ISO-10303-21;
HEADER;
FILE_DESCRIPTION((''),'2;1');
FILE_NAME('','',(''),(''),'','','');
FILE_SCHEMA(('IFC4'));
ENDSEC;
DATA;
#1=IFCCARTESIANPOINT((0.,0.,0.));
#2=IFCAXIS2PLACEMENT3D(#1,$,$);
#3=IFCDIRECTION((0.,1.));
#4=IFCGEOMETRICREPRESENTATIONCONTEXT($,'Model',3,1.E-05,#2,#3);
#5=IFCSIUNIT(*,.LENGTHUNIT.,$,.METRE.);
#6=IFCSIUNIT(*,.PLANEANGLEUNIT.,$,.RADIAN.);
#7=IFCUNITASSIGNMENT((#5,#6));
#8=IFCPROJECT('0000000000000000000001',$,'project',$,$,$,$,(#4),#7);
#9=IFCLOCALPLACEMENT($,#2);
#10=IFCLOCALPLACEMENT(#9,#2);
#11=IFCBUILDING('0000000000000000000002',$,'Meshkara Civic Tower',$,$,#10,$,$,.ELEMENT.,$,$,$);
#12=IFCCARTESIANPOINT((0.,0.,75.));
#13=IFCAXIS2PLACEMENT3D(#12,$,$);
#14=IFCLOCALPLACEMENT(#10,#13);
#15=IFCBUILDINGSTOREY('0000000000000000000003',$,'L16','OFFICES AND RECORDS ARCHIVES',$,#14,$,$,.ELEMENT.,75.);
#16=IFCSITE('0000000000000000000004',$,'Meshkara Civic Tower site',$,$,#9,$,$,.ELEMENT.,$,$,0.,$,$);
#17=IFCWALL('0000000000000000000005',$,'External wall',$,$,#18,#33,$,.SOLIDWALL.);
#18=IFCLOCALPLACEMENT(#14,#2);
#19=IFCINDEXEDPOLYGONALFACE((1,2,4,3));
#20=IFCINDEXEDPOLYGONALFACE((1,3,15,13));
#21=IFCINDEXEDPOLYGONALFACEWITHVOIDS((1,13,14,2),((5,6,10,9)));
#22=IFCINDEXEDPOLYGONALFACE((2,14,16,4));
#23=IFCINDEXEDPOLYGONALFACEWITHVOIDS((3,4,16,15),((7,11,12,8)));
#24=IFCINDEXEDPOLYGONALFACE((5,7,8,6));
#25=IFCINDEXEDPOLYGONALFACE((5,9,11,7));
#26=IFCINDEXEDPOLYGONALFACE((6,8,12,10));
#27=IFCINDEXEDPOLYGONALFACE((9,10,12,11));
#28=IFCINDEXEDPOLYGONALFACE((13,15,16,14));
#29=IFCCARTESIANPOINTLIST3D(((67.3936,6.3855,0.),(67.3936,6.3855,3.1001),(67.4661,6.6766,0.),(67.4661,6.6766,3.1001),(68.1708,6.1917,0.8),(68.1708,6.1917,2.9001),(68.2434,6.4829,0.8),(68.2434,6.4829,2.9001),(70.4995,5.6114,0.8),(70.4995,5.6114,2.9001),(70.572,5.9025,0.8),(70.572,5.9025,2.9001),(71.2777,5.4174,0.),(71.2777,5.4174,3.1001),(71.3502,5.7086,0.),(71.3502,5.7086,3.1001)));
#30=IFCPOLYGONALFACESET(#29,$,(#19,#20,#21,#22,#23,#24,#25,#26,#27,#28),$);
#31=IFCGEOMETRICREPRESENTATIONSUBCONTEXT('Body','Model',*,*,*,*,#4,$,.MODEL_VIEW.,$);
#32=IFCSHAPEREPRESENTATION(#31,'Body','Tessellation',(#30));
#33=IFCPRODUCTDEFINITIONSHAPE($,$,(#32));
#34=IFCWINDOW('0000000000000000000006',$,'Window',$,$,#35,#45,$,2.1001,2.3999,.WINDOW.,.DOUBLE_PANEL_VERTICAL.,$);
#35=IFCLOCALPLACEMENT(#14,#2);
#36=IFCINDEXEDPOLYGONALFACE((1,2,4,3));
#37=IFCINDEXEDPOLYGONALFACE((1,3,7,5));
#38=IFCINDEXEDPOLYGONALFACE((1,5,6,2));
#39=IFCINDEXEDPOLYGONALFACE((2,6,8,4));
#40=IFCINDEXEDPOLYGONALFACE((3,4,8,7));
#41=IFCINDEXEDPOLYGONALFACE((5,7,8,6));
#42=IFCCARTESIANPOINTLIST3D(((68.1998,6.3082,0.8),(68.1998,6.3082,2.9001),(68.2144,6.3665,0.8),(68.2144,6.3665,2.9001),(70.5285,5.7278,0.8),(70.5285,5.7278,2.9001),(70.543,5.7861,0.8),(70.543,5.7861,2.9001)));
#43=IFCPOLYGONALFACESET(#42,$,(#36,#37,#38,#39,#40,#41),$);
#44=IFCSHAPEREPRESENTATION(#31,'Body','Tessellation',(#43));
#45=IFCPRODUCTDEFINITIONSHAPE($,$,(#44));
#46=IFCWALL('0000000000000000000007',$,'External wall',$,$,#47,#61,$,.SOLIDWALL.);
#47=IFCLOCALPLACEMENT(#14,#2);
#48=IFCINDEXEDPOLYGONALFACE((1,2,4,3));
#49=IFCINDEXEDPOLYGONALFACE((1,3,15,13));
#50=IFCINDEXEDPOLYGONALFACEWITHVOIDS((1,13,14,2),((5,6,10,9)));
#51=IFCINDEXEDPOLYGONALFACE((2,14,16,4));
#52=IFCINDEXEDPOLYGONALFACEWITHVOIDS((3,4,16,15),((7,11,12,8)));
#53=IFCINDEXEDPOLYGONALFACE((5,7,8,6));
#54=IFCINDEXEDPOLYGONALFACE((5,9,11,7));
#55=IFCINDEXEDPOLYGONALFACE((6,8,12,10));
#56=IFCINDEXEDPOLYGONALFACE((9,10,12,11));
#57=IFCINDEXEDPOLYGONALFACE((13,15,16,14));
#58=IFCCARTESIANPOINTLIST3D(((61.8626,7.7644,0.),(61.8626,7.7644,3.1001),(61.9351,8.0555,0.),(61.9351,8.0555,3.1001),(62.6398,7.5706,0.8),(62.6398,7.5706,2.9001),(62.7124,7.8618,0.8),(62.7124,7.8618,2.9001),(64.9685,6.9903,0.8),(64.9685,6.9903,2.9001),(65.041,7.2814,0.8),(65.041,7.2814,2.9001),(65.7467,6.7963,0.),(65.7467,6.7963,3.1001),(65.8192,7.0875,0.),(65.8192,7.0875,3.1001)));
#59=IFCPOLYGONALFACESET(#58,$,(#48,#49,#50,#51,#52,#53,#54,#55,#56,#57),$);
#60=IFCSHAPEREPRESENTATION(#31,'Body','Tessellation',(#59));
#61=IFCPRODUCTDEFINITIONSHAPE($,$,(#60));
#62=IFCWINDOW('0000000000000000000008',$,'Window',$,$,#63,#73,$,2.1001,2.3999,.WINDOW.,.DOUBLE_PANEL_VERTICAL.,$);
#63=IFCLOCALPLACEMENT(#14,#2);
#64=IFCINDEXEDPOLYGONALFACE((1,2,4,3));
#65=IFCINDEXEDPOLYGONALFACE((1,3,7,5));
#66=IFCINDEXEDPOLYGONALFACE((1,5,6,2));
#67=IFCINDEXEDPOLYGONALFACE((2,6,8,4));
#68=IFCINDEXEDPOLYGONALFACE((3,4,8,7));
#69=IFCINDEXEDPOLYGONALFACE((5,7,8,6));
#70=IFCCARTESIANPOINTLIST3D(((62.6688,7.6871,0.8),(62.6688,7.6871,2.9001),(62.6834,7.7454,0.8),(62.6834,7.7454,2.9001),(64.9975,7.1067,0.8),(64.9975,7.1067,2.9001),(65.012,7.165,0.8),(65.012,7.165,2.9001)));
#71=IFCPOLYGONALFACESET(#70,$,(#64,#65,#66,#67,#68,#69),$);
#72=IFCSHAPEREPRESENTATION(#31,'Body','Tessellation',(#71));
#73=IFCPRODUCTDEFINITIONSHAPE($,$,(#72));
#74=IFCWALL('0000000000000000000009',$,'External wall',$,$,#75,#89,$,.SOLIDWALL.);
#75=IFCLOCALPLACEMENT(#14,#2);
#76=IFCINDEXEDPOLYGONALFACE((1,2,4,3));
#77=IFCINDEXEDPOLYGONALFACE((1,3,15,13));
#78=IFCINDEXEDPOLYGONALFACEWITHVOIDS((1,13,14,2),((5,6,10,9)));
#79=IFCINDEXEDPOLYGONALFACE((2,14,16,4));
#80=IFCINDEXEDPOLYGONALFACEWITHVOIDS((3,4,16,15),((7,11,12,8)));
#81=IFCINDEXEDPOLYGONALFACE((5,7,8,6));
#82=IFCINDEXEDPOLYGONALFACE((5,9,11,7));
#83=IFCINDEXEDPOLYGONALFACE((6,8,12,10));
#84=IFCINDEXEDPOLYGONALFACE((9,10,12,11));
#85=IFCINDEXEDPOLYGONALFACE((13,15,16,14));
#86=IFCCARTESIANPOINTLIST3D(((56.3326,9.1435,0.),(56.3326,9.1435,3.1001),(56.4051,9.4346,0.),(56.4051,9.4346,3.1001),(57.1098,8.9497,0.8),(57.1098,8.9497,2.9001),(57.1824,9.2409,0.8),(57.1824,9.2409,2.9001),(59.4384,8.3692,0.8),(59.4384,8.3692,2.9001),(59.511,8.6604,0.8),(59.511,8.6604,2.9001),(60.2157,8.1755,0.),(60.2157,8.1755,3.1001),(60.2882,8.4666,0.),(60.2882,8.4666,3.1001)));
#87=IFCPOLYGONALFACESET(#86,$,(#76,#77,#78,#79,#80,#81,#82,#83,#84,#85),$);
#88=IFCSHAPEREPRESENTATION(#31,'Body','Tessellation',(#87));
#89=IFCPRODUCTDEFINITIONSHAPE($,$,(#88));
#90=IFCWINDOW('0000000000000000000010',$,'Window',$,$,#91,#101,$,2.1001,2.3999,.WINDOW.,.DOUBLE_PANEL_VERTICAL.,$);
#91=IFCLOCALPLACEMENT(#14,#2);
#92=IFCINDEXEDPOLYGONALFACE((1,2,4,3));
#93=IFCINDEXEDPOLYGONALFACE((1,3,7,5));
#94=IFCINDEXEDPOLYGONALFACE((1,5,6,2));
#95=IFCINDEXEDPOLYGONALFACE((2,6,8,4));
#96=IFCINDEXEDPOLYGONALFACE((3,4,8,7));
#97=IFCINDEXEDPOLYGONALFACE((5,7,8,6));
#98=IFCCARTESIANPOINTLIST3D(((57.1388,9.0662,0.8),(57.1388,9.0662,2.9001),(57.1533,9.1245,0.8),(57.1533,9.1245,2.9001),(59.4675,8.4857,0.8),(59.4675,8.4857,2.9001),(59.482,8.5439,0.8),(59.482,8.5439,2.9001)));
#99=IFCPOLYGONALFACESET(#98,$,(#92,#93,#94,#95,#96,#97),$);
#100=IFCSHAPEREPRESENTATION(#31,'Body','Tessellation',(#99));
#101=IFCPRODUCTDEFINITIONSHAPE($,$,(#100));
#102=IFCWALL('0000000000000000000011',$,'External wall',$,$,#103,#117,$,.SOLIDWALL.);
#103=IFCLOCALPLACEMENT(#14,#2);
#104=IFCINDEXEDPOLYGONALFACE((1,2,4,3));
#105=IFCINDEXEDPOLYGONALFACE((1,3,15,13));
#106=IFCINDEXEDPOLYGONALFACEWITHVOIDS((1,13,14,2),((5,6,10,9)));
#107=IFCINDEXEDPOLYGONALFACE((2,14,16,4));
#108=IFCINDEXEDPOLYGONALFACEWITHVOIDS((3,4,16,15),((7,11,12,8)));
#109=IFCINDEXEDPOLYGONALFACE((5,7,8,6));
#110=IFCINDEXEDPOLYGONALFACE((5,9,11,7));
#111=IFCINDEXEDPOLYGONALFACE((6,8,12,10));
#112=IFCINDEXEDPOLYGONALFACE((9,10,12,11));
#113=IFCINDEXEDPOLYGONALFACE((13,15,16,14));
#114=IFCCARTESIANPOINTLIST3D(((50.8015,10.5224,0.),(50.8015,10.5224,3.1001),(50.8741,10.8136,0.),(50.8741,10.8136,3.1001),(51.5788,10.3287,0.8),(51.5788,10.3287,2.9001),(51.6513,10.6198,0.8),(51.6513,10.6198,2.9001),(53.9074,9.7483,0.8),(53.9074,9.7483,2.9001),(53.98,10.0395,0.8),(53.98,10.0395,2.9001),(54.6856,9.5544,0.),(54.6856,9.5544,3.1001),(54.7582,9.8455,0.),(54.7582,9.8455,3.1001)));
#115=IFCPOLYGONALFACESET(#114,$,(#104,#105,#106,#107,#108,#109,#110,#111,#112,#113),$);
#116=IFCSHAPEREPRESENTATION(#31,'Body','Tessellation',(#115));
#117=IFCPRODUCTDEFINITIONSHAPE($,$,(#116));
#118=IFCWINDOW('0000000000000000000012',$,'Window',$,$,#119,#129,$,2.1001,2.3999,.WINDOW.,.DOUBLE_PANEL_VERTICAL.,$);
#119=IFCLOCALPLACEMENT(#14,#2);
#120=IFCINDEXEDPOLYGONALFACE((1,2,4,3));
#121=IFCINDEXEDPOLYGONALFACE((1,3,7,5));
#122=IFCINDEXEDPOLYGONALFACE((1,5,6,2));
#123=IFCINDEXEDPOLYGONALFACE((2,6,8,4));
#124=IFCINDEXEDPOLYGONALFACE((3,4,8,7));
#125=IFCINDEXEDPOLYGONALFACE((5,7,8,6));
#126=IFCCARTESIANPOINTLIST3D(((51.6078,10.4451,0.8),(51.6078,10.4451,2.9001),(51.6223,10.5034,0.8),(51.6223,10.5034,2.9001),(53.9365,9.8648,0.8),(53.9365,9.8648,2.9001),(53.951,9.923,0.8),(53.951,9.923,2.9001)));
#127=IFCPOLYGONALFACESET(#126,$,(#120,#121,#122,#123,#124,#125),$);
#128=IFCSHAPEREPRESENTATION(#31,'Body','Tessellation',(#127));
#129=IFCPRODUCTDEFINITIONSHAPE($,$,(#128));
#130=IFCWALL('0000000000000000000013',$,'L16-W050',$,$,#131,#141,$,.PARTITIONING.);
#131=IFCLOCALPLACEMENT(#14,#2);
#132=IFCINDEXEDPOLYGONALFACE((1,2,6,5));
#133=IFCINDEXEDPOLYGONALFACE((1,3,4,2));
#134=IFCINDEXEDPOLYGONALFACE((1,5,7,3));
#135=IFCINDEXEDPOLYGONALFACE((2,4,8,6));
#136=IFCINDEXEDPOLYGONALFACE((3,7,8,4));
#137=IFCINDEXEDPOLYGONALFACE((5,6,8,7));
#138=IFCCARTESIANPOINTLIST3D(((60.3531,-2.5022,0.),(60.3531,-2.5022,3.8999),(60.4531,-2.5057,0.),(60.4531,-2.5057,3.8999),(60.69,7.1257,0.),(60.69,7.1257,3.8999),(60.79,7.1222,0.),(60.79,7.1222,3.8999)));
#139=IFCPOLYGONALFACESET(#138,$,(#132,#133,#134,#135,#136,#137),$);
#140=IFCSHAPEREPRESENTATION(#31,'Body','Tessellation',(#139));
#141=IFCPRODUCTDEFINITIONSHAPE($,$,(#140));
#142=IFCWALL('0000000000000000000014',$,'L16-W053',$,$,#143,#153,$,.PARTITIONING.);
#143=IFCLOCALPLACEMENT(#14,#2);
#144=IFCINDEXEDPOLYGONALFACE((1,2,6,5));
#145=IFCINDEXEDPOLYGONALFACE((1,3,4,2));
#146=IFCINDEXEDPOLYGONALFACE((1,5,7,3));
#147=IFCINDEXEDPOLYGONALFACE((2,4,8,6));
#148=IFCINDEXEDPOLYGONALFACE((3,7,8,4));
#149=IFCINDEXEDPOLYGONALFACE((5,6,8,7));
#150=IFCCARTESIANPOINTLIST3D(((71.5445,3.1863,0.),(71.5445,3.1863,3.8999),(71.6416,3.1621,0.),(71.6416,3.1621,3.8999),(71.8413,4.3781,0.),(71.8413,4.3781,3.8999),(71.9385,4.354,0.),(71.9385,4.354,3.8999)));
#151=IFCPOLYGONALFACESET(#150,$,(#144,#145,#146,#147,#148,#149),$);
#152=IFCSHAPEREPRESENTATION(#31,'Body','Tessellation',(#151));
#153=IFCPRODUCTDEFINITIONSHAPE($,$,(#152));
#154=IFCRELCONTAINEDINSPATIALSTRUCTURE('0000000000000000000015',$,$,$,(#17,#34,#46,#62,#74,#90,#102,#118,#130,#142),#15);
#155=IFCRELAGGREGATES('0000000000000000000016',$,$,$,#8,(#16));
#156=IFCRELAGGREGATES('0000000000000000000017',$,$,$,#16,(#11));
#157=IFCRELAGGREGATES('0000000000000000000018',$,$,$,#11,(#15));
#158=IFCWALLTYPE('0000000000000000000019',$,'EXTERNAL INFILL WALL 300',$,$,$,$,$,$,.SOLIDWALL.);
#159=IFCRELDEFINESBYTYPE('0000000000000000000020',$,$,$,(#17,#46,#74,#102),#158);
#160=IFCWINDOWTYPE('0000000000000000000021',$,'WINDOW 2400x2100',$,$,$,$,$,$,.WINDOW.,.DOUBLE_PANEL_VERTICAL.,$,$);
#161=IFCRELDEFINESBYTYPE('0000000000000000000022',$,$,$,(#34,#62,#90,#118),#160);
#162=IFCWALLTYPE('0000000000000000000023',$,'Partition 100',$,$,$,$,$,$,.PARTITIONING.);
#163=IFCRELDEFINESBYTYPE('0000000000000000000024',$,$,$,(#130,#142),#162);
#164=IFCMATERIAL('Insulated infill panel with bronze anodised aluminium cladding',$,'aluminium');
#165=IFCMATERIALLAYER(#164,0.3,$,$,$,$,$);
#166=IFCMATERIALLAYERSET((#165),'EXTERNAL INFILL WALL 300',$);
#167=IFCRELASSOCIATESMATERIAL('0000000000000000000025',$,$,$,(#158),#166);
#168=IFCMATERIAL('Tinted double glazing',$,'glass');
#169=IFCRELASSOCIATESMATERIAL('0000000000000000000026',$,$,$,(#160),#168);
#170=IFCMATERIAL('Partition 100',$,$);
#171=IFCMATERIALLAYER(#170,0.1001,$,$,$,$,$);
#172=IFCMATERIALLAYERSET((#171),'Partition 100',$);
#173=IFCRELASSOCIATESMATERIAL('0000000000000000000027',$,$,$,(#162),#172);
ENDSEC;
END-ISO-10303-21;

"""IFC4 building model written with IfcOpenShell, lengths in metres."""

from ifc_helpers import new_model, si_unit, direction, frame, frame_2d, origin, place, context, subcontext, project, spatial, rectangle, extrude, material, layer, layer_set, type_object, element, fill, save


model = new_model("IFC4")

# Units and contexts
model_context = context("Model", 3, precision=1e-05, world=origin(), true_north=direction((0.0, 1.0)))
body_context = subcontext(model_context, "Body", "Model", "MODEL_VIEW")
ifc_project = project(units=[si_unit("LENGTHUNIT", "METRE"), si_unit("PLANEANGLEUNIT", "RADIAN")], contexts=[model_context])

# Site, building, storey
site_placement = place(None, origin())
site = spatial("IfcSite", under=ifc_project, at=site_placement, Name="Meshkara Civic Tower site", CompositionType="ELEMENT", RefElevation=0.0)
building_placement = place(site_placement, origin())
building = spatial("IfcBuilding", under=site, at=building_placement, Name="Meshkara Civic Tower", CompositionType="ELEMENT")
storey_placement = place(building_placement, frame((0.0, 0.0, 75.0)))
storey = spatial("IfcBuildingStorey", under=building, at=storey_placement, Name="L16", Description="OFFICES AND RECORDS ARCHIVES", CompositionType="ELEMENT", Elevation=75.0)

# Walls, openings, windows
ifc_material_1 = material(Name="Insulated infill panel with bronze anodised aluminium cladding", Category="aluminium")
ifc_layer_1 = layer(ifc_material_1, 0.3)
ifc_layer_set_1 = layer_set([ifc_layer_1], Name="EXTERNAL INFILL WALL 300")
wall_type_1 = type_object("IfcWallType", Name="EXTERNAL INFILL WALL 300", PredefinedType="SOLIDWALL", material=ifc_layer_set_1)
wall_1_placement = place(storey_placement, frame((71.314, 5.563, 0.0), z_axis=(0.0, 0.0, 1.0), x_axis=(-0.970318, 0.241832, 0.0)))
wall_1 = element("IfcWall", 1, at=wall_1_placement, inside=storey, type_object=wall_type_1, Name="External wall", PredefinedType="SOLIDWALL", context=body_context, shape_type="SweptSolid", body=[
    extrude(rectangle(XDim=4.0029, YDim=0.3, at=frame_2d((2.0015, 0.0))), origin(), (0.0, 0.0, 1.0), 3.1001),
])
opening_1_placement = place(wall_1_placement, frame((0.802, 0.0, 0.8)))
opening_1 = element("IfcOpeningElement", 2, at=opening_1_placement, cuts=wall_1, PredefinedType="OPENING", context=body_context, shape_type="SweptSolid", body=[
    extrude(rectangle(XDim=2.3999, YDim=2.1001, at=frame_2d((1.2, 1.05))), frame((0.0, 0.1599, 0.0), z_axis=(0.0, -1.0, 0.0), x_axis=(1.0, 0.0, 0.0)), (0.0, 0.0, 1.0), 0.3201),
])
ifc_material_2 = material(Name="Tinted double glazing", Category="glass")
window_type = type_object("IfcWindowType", Name="WINDOW 2400x2100", PartitioningType="DOUBLE_PANEL_VERTICAL", PredefinedType="WINDOW", material=ifc_material_2)
window_1_placement = place(opening_1_placement, origin())
window_1 = element("IfcWindow", 3, at=window_1_placement, inside=storey, type_object=window_type, Name="Window", OverallHeight=2.1001, OverallWidth=2.3999, PartitioningType="DOUBLE_PANEL_VERTICAL", PredefinedType="WINDOW", context=body_context, shape_type="SweptSolid", body=[
    extrude(rectangle(XDim=2.3999, YDim=2.1001, at=frame_2d((1.2, 1.05))), frame((0.0, 0.03, 0.0), z_axis=(0.0, -1.0, 0.0), x_axis=(1.0, 0.0, 0.0)), (0.0, 0.0, 1.0), 0.0601),
])
fill(opening_1, window_1)
wall_2_placement = place(storey_placement, frame((65.783, 6.9419, 0.0), z_axis=(0.0, 0.0, 1.0), x_axis=(-0.970318, 0.241832, 0.0)))
wall_2 = element("IfcWall", 4, at=wall_2_placement, inside=storey, type_object=wall_type_1, Name="External wall", PredefinedType="SOLIDWALL", context=body_context, shape_type="SweptSolid", body=[
    extrude(rectangle(XDim=4.0029, YDim=0.3, at=frame_2d((2.0015, 0.0))), origin(), (0.0, 0.0, 1.0), 3.1001),
])
opening_2_placement = place(wall_2_placement, frame((0.802, 0.0, 0.8)))
opening_2 = element("IfcOpeningElement", 5, at=opening_2_placement, cuts=wall_2, PredefinedType="OPENING", context=body_context, shape_type="SweptSolid", body=[
    extrude(rectangle(XDim=2.3999, YDim=2.1001, at=frame_2d((1.2, 1.05))), frame((0.0, 0.1599, 0.0), z_axis=(0.0, -1.0, 0.0), x_axis=(1.0, 0.0, 0.0)), (0.0, 0.0, 1.0), 0.3201),
])
window_2_placement = place(opening_2_placement, origin())
window_2 = element("IfcWindow", 6, at=window_2_placement, inside=storey, type_object=window_type, Name="Window", OverallHeight=2.1001, OverallWidth=2.3999, PartitioningType="DOUBLE_PANEL_VERTICAL", PredefinedType="WINDOW", context=body_context, shape_type="SweptSolid", body=[
    extrude(rectangle(XDim=2.3999, YDim=2.1001, at=frame_2d((1.2, 1.05))), frame((0.0, 0.03, 0.0), z_axis=(0.0, -1.0, 0.0), x_axis=(1.0, 0.0, 0.0)), (0.0, 0.0, 1.0), 0.0601),
])
fill(opening_2, window_2)
wall_3_placement = place(storey_placement, frame((60.252, 8.321, 0.0), z_axis=(0.0, 0.0, 1.0), x_axis=(-0.970304, 0.24189, 0.0)))
wall_3 = element("IfcWall", 7, at=wall_3_placement, inside=storey, type_object=wall_type_1, Name="External wall", PredefinedType="SOLIDWALL", context=body_context, shape_type="SweptSolid", body=[
    extrude(rectangle(XDim=4.002, YDim=0.3, at=frame_2d((2.001, 0.0))), origin(), (0.0, 0.0, 1.0), 3.1001),
])
opening_3_placement = place(wall_3_placement, frame((0.801, 0.0, 0.8)))
opening_3 = element("IfcOpeningElement", 8, at=opening_3_placement, cuts=wall_3, PredefinedType="OPENING", context=body_context, shape_type="SweptSolid", body=[
    extrude(rectangle(XDim=2.3999, YDim=2.1001, at=frame_2d((1.2, 1.05))), frame((0.0, 0.1599, 0.0), z_axis=(0.0, -1.0, 0.0), x_axis=(1.0, 0.0, 0.0)), (0.0, 0.0, 1.0), 0.3201),
])
window_3_placement = place(opening_3_placement, origin())
window_3 = element("IfcWindow", 9, at=window_3_placement, inside=storey, type_object=window_type, Name="Window", OverallHeight=2.1001, OverallWidth=2.3999, PartitioningType="DOUBLE_PANEL_VERTICAL", PredefinedType="WINDOW", context=body_context, shape_type="SweptSolid", body=[
    extrude(rectangle(XDim=2.3999, YDim=2.1001, at=frame_2d((1.2, 1.05))), frame((0.0, 0.03, 0.0), z_axis=(0.0, -1.0, 0.0), x_axis=(1.0, 0.0, 0.0)), (0.0, 0.0, 1.0), 0.0601),
])
fill(opening_3, window_3)
wall_4_placement = place(storey_placement, frame((54.7219, 9.7, 0.0), z_axis=(0.0, 0.0, 1.0), x_axis=(-0.970318, 0.241832, 0.0)))
wall_4 = element("IfcWall", 10, at=wall_4_placement, inside=storey, type_object=wall_type_1, Name="External wall", PredefinedType="SOLIDWALL", context=body_context, shape_type="SweptSolid", body=[
    extrude(rectangle(XDim=4.0029, YDim=0.3, at=frame_2d((2.0015, 0.0))), origin(), (0.0, 0.0, 1.0), 3.1001),
])
opening_4_placement = place(wall_4_placement, frame((0.802, 0.0, 0.8)))
opening_4 = element("IfcOpeningElement", 11, at=opening_4_placement, cuts=wall_4, PredefinedType="OPENING", context=body_context, shape_type="SweptSolid", body=[
    extrude(rectangle(XDim=2.3999, YDim=2.1001, at=frame_2d((1.2, 1.05))), frame((0.0, 0.1599, 0.0), z_axis=(0.0, -1.0, 0.0), x_axis=(1.0, 0.0, 0.0)), (0.0, 0.0, 1.0), 0.3201),
])
window_4_placement = place(opening_4_placement, origin())
window_4 = element("IfcWindow", 12, at=window_4_placement, inside=storey, type_object=window_type, Name="Window", OverallHeight=2.1001, OverallWidth=2.3999, PartitioningType="DOUBLE_PANEL_VERTICAL", PredefinedType="WINDOW", context=body_context, shape_type="SweptSolid", body=[
    extrude(rectangle(XDim=2.3999, YDim=2.1001, at=frame_2d((1.2, 1.05))), frame((0.0, 0.03, 0.0), z_axis=(0.0, -1.0, 0.0), x_axis=(1.0, 0.0, 0.0)), (0.0, 0.0, 1.0), 0.0601),
])
fill(opening_4, window_4)

# Walls
ifc_material_3 = material(Name="Partition 100")
ifc_layer_2 = layer(ifc_material_3, 0.1001)
ifc_layer_set_2 = layer_set([ifc_layer_2], Name="Partition 100")
wall_type_2 = type_object("IfcWallType", Name="Partition 100", PredefinedType="PARTITIONING", material=ifc_layer_set_2)
wall_5_placement = place(storey_placement, frame((60.4031, -2.5039, 0.0), z_axis=(0.0, 0.0, 1.0), x_axis=(0.034972, 0.999388, 0.0)))
element("IfcWall", 13, at=wall_5_placement, inside=storey, type_object=wall_type_2, Name="L16-W050", PredefinedType="PARTITIONING", context=body_context, shape_type="SweptSolid", body=[
    extrude(rectangle(XDim=9.6338, YDim=0.1001, at=frame_2d((4.8169, 0.0))), origin(), (0.0, 0.0, 1.0), 3.8999),
])
wall_6_placement = place(storey_placement, frame((71.593, 3.1741, 0.0), z_axis=(0.0, 0.0, 1.0), x_axis=(0.241694, 0.970353, 0.0)))
element("IfcWall", 14, at=wall_6_placement, inside=storey, type_object=wall_type_2, Name="L16-W053", PredefinedType="PARTITIONING", context=body_context, shape_type="SweptSolid", body=[
    extrude(rectangle(XDim=1.2283, YDim=0.1001, at=frame_2d((0.6143, 0.0))), origin(), (0.0, 0.0, 1.0), 3.8999),
])

save(model, "model.ifc")
